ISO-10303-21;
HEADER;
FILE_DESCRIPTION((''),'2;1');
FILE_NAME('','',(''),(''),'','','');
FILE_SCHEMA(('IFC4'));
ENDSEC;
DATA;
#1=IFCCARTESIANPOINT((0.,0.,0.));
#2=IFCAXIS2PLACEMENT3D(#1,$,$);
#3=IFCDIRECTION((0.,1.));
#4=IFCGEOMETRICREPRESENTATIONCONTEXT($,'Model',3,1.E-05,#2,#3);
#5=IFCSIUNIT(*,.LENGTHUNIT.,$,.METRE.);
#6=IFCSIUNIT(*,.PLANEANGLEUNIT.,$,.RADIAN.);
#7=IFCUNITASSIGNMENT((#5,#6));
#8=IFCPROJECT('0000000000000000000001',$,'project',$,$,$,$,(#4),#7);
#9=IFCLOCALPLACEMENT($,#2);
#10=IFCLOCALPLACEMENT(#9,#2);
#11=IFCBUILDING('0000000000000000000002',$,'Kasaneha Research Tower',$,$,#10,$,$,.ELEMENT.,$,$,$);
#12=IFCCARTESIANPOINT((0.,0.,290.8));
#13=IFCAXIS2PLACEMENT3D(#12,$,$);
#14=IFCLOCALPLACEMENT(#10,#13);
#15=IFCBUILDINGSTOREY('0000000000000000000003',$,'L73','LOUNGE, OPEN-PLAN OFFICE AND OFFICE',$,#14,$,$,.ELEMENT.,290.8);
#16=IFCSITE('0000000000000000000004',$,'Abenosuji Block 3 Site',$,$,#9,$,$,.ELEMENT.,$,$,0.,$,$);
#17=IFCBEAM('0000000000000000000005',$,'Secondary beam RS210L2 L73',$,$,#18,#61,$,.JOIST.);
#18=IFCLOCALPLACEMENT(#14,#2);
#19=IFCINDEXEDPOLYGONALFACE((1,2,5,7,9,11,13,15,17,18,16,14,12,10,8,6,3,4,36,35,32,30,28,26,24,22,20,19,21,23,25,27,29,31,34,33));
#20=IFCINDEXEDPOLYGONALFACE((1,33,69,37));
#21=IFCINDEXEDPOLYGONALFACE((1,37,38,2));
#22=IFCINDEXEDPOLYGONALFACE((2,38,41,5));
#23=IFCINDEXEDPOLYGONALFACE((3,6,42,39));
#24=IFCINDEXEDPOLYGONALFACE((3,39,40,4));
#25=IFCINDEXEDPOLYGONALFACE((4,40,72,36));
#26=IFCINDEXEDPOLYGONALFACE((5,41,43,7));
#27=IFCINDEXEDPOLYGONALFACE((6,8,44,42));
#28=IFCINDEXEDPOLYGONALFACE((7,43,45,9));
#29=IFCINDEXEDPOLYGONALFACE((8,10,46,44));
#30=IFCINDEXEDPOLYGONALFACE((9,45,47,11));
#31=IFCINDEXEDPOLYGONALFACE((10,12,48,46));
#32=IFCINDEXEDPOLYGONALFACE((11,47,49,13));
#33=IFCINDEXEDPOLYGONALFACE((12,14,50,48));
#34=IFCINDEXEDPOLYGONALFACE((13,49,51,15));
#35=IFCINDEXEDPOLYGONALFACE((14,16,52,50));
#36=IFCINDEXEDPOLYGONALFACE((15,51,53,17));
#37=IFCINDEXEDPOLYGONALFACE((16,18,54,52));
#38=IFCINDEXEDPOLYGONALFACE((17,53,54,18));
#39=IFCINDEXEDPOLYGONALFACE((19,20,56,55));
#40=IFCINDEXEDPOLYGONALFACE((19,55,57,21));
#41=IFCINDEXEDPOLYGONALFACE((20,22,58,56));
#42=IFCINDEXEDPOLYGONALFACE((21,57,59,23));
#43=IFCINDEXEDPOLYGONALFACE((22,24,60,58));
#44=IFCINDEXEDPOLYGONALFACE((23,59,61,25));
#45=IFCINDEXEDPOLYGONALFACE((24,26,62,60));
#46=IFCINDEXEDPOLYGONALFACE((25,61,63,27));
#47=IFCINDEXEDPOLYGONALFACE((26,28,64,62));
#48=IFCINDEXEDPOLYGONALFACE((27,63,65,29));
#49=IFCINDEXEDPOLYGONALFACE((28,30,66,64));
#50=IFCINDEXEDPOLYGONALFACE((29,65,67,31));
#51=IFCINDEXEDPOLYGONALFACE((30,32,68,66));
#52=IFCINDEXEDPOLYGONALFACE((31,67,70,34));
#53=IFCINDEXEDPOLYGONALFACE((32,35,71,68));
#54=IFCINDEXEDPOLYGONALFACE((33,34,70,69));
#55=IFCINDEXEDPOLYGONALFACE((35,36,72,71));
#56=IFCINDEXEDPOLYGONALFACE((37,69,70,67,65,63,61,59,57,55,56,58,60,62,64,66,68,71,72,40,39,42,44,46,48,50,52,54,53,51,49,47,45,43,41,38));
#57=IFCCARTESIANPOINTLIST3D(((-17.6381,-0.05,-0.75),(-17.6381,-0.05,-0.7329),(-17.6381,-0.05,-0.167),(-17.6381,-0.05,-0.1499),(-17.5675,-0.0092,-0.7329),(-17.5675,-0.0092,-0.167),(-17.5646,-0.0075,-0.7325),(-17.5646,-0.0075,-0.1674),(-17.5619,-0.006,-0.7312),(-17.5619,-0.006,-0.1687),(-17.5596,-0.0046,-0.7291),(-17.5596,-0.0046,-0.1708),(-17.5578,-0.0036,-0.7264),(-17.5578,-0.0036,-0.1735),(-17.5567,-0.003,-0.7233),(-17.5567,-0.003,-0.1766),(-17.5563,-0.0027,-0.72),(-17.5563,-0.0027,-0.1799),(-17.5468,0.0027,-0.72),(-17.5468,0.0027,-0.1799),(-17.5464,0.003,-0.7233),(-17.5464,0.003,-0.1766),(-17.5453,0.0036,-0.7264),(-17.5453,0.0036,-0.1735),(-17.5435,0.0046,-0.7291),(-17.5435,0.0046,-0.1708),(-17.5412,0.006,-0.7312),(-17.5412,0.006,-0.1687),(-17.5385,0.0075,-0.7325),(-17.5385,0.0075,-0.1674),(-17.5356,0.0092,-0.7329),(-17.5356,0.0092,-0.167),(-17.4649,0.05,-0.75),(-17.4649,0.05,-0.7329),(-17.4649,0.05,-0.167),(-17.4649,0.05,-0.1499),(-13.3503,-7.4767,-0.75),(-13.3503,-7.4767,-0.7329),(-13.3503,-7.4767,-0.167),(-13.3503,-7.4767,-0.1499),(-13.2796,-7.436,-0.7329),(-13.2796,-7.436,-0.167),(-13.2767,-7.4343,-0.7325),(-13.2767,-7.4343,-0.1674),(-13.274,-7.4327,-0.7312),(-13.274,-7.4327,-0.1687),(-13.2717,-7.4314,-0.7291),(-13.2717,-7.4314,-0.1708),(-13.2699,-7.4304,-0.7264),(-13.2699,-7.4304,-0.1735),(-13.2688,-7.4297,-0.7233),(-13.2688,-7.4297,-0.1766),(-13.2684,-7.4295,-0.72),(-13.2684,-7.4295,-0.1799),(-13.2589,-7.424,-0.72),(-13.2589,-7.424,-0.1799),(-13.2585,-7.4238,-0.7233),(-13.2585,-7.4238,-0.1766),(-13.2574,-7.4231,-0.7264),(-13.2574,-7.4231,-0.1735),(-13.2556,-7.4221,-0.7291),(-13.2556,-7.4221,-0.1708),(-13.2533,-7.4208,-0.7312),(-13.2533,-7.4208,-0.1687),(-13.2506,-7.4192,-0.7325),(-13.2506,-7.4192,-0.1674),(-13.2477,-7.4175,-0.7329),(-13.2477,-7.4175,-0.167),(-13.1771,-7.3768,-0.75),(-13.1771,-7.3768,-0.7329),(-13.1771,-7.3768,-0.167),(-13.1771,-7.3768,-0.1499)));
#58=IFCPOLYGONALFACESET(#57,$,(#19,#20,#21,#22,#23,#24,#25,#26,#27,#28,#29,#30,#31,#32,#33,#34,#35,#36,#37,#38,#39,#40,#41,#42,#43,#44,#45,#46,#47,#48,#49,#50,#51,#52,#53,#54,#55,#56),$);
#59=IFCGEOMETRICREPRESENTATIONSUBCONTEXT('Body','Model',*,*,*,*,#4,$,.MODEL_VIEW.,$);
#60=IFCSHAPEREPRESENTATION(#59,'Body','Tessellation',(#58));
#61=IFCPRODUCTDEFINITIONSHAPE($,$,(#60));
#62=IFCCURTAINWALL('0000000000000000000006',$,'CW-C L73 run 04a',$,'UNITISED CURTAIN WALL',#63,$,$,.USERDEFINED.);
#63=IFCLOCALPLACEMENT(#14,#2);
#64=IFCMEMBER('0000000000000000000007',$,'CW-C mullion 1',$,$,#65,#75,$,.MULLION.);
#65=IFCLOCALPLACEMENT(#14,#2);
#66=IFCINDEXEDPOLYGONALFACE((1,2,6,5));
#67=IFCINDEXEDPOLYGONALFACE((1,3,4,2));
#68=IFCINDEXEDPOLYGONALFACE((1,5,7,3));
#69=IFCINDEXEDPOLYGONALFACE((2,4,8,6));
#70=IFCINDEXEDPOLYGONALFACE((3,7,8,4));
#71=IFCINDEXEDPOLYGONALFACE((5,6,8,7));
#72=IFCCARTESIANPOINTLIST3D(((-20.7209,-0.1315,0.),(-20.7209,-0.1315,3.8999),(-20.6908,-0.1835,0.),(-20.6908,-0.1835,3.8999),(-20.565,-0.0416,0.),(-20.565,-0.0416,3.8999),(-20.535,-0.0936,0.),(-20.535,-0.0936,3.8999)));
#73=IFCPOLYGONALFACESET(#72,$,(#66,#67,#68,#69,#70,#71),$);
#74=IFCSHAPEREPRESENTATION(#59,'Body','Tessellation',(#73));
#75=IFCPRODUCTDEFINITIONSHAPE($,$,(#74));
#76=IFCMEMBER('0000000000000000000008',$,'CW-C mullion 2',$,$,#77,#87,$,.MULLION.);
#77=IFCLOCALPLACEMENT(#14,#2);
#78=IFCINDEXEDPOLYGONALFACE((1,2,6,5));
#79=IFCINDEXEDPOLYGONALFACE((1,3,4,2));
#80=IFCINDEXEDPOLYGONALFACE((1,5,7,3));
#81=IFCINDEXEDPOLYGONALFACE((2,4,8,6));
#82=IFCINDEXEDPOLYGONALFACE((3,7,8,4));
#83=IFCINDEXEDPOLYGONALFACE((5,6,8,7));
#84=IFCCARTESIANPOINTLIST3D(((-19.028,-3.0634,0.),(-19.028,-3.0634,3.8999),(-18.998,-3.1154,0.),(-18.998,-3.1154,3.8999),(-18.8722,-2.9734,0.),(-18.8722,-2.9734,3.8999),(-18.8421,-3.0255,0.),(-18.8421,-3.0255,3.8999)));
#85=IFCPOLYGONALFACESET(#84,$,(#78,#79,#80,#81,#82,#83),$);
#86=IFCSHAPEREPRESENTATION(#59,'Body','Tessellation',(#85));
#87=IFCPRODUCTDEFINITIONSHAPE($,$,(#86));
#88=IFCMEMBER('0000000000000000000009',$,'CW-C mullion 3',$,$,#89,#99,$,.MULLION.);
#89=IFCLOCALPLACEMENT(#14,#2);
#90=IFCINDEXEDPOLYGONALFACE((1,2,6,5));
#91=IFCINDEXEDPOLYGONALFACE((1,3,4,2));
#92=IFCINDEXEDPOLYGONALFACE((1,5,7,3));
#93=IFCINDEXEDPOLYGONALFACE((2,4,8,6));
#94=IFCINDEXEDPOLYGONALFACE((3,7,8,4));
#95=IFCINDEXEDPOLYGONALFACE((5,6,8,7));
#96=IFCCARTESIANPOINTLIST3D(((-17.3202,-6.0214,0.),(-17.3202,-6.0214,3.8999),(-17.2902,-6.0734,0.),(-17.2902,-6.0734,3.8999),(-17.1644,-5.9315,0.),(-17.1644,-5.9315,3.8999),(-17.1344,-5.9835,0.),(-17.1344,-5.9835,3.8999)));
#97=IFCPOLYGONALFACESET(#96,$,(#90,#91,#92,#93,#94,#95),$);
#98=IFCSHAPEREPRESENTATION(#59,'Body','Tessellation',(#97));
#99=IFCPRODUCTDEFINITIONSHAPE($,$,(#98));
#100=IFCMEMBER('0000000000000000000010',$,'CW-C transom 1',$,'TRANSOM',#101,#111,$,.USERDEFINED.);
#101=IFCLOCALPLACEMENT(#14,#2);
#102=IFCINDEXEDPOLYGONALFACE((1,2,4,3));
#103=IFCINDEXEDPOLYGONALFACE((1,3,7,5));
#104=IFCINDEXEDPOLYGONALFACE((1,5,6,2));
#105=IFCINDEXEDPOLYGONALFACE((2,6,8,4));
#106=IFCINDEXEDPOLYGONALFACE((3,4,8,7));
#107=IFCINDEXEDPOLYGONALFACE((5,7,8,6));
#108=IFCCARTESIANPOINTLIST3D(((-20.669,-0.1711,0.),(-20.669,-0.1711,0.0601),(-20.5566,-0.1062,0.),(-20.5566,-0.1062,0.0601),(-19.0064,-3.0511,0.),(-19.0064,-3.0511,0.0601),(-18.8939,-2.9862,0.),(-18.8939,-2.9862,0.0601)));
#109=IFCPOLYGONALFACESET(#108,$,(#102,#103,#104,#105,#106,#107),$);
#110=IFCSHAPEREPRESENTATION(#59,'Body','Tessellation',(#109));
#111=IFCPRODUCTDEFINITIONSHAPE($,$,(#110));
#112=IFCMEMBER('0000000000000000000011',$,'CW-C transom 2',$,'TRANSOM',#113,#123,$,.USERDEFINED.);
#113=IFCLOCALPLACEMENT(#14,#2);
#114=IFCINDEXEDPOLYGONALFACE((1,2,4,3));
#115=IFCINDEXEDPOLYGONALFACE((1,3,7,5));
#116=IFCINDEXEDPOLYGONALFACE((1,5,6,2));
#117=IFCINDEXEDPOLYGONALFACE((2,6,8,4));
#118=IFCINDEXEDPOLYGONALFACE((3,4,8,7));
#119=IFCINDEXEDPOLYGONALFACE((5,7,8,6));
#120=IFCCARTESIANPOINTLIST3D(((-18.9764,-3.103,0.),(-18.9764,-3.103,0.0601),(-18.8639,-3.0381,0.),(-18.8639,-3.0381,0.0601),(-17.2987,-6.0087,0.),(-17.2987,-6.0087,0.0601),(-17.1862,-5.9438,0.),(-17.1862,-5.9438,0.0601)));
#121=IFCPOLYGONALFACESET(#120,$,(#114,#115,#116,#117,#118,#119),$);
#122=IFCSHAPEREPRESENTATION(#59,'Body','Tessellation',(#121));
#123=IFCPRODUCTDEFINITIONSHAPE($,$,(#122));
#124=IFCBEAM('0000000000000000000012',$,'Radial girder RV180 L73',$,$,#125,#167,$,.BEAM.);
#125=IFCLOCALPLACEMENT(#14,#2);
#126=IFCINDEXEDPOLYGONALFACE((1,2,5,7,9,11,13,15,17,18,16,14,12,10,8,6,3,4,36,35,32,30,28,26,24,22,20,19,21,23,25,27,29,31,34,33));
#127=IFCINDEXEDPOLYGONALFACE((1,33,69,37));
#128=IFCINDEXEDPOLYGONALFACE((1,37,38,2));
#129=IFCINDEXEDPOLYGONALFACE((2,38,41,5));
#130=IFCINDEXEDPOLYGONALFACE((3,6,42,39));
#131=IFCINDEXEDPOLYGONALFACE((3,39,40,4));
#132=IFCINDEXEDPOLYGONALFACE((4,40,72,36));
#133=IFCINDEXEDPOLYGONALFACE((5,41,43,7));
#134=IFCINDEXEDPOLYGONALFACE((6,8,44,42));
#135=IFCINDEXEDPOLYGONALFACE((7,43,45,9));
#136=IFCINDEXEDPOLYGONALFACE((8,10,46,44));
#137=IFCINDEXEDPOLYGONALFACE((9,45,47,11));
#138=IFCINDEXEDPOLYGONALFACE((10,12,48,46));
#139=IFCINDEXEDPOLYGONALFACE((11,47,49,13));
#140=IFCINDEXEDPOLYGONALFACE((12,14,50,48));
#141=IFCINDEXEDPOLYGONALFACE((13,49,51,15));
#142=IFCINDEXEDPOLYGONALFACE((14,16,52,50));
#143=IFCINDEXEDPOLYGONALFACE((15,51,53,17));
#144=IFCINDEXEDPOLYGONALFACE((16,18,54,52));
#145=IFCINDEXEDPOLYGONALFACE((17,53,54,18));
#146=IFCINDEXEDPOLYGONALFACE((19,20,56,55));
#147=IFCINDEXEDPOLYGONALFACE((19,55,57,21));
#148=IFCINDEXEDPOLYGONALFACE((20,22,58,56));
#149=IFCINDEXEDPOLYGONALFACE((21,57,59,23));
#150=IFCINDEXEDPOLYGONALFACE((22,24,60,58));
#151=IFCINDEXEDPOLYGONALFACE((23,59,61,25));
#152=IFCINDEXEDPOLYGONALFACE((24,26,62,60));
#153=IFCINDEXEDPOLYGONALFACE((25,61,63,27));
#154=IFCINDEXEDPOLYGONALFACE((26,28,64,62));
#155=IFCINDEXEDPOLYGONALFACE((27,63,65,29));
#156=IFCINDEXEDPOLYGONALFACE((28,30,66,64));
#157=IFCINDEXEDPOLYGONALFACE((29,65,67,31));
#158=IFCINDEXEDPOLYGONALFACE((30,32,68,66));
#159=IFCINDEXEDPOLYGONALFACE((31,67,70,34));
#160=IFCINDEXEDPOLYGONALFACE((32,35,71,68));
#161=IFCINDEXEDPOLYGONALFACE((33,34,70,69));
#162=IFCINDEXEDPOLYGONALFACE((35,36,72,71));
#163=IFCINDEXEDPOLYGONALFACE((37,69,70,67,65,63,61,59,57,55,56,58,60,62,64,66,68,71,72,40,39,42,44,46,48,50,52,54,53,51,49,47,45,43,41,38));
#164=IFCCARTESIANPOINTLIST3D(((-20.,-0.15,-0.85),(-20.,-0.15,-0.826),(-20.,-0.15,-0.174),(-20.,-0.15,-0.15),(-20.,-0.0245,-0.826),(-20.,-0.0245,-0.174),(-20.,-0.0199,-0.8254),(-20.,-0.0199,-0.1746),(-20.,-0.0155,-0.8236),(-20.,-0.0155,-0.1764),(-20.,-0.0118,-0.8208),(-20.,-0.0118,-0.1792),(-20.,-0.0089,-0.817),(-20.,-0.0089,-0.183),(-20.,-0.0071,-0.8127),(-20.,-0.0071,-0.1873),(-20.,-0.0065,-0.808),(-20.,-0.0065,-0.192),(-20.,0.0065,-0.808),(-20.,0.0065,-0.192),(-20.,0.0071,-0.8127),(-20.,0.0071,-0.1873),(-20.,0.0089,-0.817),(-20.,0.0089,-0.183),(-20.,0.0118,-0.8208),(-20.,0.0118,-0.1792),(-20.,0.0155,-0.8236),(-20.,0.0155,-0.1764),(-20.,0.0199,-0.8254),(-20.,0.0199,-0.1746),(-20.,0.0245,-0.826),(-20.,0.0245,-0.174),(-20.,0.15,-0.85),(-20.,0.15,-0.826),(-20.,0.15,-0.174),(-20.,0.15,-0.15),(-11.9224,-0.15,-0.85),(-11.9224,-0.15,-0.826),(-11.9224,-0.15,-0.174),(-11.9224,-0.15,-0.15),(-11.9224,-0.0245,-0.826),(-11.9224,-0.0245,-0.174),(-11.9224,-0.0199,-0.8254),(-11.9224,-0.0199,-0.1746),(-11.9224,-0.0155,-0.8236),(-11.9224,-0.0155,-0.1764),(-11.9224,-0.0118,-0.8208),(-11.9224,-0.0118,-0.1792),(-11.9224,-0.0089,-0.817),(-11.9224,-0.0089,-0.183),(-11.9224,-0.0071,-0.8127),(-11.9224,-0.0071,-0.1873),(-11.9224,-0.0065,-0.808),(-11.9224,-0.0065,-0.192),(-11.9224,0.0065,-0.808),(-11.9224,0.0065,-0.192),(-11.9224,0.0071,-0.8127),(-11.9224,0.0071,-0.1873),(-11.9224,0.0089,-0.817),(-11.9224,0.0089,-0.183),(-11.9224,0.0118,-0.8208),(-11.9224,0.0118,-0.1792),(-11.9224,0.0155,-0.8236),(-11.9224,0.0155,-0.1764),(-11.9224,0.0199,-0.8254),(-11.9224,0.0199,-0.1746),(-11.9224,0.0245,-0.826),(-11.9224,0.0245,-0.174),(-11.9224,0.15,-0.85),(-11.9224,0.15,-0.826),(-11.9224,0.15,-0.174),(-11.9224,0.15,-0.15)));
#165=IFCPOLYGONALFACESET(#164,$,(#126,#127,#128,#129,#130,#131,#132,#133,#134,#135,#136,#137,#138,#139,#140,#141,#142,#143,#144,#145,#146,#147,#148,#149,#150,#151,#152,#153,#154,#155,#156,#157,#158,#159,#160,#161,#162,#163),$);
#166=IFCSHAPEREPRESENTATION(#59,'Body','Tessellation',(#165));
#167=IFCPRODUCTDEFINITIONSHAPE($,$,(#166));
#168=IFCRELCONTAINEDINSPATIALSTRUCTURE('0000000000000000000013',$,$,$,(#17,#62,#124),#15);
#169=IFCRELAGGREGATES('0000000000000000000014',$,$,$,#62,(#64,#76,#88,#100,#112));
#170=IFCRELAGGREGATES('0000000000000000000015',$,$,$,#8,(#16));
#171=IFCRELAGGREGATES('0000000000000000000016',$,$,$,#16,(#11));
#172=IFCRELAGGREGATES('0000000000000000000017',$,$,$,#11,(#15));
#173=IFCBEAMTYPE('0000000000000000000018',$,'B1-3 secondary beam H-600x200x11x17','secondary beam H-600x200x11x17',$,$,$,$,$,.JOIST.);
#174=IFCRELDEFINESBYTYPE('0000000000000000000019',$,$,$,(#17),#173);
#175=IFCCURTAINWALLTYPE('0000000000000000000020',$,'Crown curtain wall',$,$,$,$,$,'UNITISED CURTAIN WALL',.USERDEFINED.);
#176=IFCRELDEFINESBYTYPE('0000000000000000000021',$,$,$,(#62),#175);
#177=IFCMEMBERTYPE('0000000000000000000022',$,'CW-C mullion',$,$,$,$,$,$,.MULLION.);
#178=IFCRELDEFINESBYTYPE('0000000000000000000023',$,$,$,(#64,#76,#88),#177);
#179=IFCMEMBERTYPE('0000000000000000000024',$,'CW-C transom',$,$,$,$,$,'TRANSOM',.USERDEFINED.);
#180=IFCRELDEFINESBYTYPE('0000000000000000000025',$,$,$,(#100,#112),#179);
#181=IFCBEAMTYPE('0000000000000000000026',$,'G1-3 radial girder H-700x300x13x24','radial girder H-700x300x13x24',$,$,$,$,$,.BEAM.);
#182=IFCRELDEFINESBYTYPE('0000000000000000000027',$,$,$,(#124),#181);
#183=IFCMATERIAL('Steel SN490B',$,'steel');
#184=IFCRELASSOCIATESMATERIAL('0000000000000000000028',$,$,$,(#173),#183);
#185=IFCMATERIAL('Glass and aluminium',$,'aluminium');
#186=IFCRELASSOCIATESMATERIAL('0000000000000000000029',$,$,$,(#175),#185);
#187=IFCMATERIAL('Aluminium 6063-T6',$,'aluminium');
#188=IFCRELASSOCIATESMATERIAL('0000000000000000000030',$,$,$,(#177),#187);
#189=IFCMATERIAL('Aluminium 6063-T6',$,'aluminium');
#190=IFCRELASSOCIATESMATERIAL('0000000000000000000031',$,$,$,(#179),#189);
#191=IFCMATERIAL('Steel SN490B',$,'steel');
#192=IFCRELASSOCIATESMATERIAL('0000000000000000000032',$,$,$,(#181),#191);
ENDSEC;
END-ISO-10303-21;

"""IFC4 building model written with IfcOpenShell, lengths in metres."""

from ifc_helpers import new_model, si_unit, direction, frame, origin, origin_2d, place, context, subcontext, project, spatial, rectangle, i_section, extrude, material, material_profile, profile_set, type_object, element, aggregate, save


model = new_model("IFC4")

# Units and contexts
model_context = context("Model", 3, precision=1e-05, world=origin(), true_north=direction((0.0, 1.0)))
body_context = subcontext(model_context, "Body", "Model", "MODEL_VIEW")
ifc_project = project(units=[si_unit("LENGTHUNIT", "METRE"), si_unit("PLANEANGLEUNIT", "RADIAN")], contexts=[model_context])

# Site, building, storey
site_placement = place(None, origin())
site = spatial("IfcSite", under=ifc_project, at=site_placement, Name="Abenosuji Block 3 Site", CompositionType="ELEMENT", RefElevation=0.0)
building_placement = place(site_placement, origin())
building = spatial("IfcBuilding", under=site, at=building_placement, Name="Kasaneha Research Tower", CompositionType="ELEMENT")
storey_placement = place(building_placement, frame((0.0, 0.0, 290.8)))
storey = spatial("IfcBuildingStorey", under=building, at=storey_placement, Name="L73", Description="LOUNGE, OPEN-PLAN OFFICE AND OFFICE", CompositionType="ELEMENT", Elevation=290.8)

# Beam
ifc_material_1 = material(Name="Steel SN490B", Category="steel")
ifc_material_profile_1 = material_profile(ifc_material_1, i_section(OverallWidth=0.2, OverallDepth=0.6001, WebThickness=0.011, FlangeThickness=0.0171, FilletRadius=0.0129, at=origin_2d()), Name="H-600x200x11x17")
ifc_profile_set_1 = profile_set([ifc_material_profile_1], Name="Steel SN490B")
beam_type_1 = type_object("IfcBeamType", Name="B1-3 secondary beam H-600x200x11x17", Description="secondary beam H-600x200x11x17", PredefinedType="JOIST", material=ifc_profile_set_1)
beam_1_placement = place(storey_placement, frame((-17.5515, 0.0, -0.45), z_axis=(0.5, -0.866025, 0.0), x_axis=(0.866025, 0.5, 0.0)))
element("IfcBeam", 1, at=beam_1_placement, inside=storey, type_object=beam_type_1, Name="Secondary beam RS210L2 L73", PredefinedType="JOIST", context=body_context, shape_type="SweptSolid", body=[
    extrude(i_section(OverallWidth=0.2, OverallDepth=0.6001, WebThickness=0.011, FlangeThickness=0.0171, FilletRadius=0.0129, at=origin_2d()), origin(), (0.0, 0.0, 1.0), 8.5757),
])

# Curtain wall, members
ifc_material_2 = material(Name="Glass and aluminium", Category="aluminium")
curtain_wall_type = type_object("IfcCurtainWallType", Name="Crown curtain wall", ElementType="UNITISED CURTAIN WALL", PredefinedType="USERDEFINED", material=ifc_material_2)
curtain_wall_placement = place(storey_placement, origin())
curtain_wall = element("IfcCurtainWall", 2, at=curtain_wall_placement, inside=storey, type_object=curtain_wall_type, Name="CW-C L73 run 04a", ObjectType="UNITISED CURTAIN WALL", PredefinedType="USERDEFINED")
ifc_material_3 = material(Name="Aluminium 6063-T6", Category="aluminium")
ifc_material_profile_2 = material_profile(ifc_material_3, rectangle(XDim=0.0601, YDim=0.1799, at=origin_2d()), Name="CW-C mullion 60x180")
ifc_profile_set_2 = profile_set([ifc_material_profile_2], Name="Aluminium 6063-T6")
member_type_1 = type_object("IfcMemberType", Name="CW-C mullion", PredefinedType="MULLION", material=ifc_profile_set_2)
member_1_placement = place(storey_placement, frame((-20.6279, -0.1125, 0.0), z_axis=(0.0, 0.0, 1.0), x_axis=(0.5, -0.866025, 0.0)))
member_1 = element("IfcMember", 3, at=member_1_placement, type_object=member_type_1, Name="CW-C mullion 1", PredefinedType="MULLION", context=body_context, shape_type="SweptSolid", body=[
    extrude(rectangle(XDim=0.0601, YDim=0.1799, at=origin_2d()), origin(), (0.0, 0.0, 1.0), 3.8999),
])
member_2_placement = place(storey_placement, frame((-18.9351, -3.0444, 0.0), z_axis=(0.0, 0.0, 1.0), x_axis=(0.5, -0.866025, 0.0)))
member_2 = element("IfcMember", 4, at=member_2_placement, type_object=member_type_1, Name="CW-C mullion 2", PredefinedType="MULLION", context=body_context, shape_type="SweptSolid", body=[
    extrude(rectangle(XDim=0.0601, YDim=0.1799, at=origin_2d()), origin(), (0.0, 0.0, 1.0), 3.8999),
])
member_3_placement = place(storey_placement, frame((-17.2273, -6.0024, 0.0), z_axis=(0.0, 0.0, 1.0), x_axis=(0.5, -0.866025, 0.0)))
member_3 = element("IfcMember", 5, at=member_3_placement, type_object=member_type_1, Name="CW-C mullion 3", PredefinedType="MULLION", context=body_context, shape_type="SweptSolid", body=[
    extrude(rectangle(XDim=0.0601, YDim=0.1799, at=origin_2d()), origin(), (0.0, 0.0, 1.0), 3.8999),
])
ifc_material_4 = material(Name="Aluminium 6063-T6", Category="aluminium")
ifc_material_profile_3 = material_profile(ifc_material_4, rectangle(XDim=0.1299, YDim=0.0601, at=origin_2d()), Name="CW-C transom 130x60")
ifc_profile_set_3 = profile_set([ifc_material_profile_3], Name="Aluminium 6063-T6")
member_type_2 = type_object("IfcMemberType", Name="CW-C transom", ElementType="TRANSOM", PredefinedType="USERDEFINED", material=ifc_profile_set_3)
member_4_placement = place(storey_placement, frame((-20.6128, -0.1387, 0.03), z_axis=(0.499977, -0.866039, 0.0), x_axis=(0.866039, 0.499977, 0.0)))
member_4 = element("IfcMember", 6, at=member_4_placement, type_object=member_type_2, Name="CW-C transom 1", ObjectType="TRANSOM", PredefinedType="USERDEFINED", context=body_context, shape_type="SweptSolid", body=[
    extrude(rectangle(XDim=0.1299, YDim=0.0601, at=origin_2d()), origin(), (0.0, 0.0, 1.0), 3.3254),
])
member_5_placement = place(storey_placement, frame((-18.9202, -3.0706, 0.03), z_axis=(0.500021, -0.866014, 0.0), x_axis=(0.866014, 0.500021, 0.0)))
member_5 = element("IfcMember", 7, at=member_5_placement, type_object=member_type_2, Name="CW-C transom 2", ObjectType="TRANSOM", PredefinedType="USERDEFINED", context=body_context, shape_type="SweptSolid", body=[
    extrude(rectangle(XDim=0.1299, YDim=0.0601, at=origin_2d()), origin(), (0.0, 0.0, 1.0), 3.3552),
])

# Beam
ifc_material_5 = material(Name="Steel SN490B", Category="steel")
ifc_material_profile_4 = material_profile(ifc_material_5, i_section(OverallWidth=0.3, OverallDepth=0.7, WebThickness=0.0129, FlangeThickness=0.0239, FilletRadius=0.0181, at=origin_2d()), Name="H-700x300x13x24")
ifc_profile_set_4 = profile_set([ifc_material_profile_4], Name="Steel SN490B")
beam_type_2 = type_object("IfcBeamType", Name="G1-3 radial girder H-700x300x13x24", Description="radial girder H-700x300x13x24", PredefinedType="BEAM", material=ifc_profile_set_4)
beam_2_placement = place(storey_placement, frame((-11.9224, 0.0, -0.5), z_axis=(-1.0, 0.0, 0.0), x_axis=(0.0, -1.0, 0.0)))
element("IfcBeam", 8, at=beam_2_placement, inside=storey, type_object=beam_type_2, Name="Radial girder RV180 L73", PredefinedType="BEAM", context=body_context, shape_type="SweptSolid", body=[
    extrude(i_section(OverallWidth=0.3, OverallDepth=0.7, WebThickness=0.0129, FlangeThickness=0.0239, FilletRadius=0.0181, at=origin_2d()), origin(), (0.0, 0.0, 1.0), 8.0776),
])

aggregate(curtain_wall, [member_1, member_2, member_3, member_4, member_5])

save(model, "model.ifc")
